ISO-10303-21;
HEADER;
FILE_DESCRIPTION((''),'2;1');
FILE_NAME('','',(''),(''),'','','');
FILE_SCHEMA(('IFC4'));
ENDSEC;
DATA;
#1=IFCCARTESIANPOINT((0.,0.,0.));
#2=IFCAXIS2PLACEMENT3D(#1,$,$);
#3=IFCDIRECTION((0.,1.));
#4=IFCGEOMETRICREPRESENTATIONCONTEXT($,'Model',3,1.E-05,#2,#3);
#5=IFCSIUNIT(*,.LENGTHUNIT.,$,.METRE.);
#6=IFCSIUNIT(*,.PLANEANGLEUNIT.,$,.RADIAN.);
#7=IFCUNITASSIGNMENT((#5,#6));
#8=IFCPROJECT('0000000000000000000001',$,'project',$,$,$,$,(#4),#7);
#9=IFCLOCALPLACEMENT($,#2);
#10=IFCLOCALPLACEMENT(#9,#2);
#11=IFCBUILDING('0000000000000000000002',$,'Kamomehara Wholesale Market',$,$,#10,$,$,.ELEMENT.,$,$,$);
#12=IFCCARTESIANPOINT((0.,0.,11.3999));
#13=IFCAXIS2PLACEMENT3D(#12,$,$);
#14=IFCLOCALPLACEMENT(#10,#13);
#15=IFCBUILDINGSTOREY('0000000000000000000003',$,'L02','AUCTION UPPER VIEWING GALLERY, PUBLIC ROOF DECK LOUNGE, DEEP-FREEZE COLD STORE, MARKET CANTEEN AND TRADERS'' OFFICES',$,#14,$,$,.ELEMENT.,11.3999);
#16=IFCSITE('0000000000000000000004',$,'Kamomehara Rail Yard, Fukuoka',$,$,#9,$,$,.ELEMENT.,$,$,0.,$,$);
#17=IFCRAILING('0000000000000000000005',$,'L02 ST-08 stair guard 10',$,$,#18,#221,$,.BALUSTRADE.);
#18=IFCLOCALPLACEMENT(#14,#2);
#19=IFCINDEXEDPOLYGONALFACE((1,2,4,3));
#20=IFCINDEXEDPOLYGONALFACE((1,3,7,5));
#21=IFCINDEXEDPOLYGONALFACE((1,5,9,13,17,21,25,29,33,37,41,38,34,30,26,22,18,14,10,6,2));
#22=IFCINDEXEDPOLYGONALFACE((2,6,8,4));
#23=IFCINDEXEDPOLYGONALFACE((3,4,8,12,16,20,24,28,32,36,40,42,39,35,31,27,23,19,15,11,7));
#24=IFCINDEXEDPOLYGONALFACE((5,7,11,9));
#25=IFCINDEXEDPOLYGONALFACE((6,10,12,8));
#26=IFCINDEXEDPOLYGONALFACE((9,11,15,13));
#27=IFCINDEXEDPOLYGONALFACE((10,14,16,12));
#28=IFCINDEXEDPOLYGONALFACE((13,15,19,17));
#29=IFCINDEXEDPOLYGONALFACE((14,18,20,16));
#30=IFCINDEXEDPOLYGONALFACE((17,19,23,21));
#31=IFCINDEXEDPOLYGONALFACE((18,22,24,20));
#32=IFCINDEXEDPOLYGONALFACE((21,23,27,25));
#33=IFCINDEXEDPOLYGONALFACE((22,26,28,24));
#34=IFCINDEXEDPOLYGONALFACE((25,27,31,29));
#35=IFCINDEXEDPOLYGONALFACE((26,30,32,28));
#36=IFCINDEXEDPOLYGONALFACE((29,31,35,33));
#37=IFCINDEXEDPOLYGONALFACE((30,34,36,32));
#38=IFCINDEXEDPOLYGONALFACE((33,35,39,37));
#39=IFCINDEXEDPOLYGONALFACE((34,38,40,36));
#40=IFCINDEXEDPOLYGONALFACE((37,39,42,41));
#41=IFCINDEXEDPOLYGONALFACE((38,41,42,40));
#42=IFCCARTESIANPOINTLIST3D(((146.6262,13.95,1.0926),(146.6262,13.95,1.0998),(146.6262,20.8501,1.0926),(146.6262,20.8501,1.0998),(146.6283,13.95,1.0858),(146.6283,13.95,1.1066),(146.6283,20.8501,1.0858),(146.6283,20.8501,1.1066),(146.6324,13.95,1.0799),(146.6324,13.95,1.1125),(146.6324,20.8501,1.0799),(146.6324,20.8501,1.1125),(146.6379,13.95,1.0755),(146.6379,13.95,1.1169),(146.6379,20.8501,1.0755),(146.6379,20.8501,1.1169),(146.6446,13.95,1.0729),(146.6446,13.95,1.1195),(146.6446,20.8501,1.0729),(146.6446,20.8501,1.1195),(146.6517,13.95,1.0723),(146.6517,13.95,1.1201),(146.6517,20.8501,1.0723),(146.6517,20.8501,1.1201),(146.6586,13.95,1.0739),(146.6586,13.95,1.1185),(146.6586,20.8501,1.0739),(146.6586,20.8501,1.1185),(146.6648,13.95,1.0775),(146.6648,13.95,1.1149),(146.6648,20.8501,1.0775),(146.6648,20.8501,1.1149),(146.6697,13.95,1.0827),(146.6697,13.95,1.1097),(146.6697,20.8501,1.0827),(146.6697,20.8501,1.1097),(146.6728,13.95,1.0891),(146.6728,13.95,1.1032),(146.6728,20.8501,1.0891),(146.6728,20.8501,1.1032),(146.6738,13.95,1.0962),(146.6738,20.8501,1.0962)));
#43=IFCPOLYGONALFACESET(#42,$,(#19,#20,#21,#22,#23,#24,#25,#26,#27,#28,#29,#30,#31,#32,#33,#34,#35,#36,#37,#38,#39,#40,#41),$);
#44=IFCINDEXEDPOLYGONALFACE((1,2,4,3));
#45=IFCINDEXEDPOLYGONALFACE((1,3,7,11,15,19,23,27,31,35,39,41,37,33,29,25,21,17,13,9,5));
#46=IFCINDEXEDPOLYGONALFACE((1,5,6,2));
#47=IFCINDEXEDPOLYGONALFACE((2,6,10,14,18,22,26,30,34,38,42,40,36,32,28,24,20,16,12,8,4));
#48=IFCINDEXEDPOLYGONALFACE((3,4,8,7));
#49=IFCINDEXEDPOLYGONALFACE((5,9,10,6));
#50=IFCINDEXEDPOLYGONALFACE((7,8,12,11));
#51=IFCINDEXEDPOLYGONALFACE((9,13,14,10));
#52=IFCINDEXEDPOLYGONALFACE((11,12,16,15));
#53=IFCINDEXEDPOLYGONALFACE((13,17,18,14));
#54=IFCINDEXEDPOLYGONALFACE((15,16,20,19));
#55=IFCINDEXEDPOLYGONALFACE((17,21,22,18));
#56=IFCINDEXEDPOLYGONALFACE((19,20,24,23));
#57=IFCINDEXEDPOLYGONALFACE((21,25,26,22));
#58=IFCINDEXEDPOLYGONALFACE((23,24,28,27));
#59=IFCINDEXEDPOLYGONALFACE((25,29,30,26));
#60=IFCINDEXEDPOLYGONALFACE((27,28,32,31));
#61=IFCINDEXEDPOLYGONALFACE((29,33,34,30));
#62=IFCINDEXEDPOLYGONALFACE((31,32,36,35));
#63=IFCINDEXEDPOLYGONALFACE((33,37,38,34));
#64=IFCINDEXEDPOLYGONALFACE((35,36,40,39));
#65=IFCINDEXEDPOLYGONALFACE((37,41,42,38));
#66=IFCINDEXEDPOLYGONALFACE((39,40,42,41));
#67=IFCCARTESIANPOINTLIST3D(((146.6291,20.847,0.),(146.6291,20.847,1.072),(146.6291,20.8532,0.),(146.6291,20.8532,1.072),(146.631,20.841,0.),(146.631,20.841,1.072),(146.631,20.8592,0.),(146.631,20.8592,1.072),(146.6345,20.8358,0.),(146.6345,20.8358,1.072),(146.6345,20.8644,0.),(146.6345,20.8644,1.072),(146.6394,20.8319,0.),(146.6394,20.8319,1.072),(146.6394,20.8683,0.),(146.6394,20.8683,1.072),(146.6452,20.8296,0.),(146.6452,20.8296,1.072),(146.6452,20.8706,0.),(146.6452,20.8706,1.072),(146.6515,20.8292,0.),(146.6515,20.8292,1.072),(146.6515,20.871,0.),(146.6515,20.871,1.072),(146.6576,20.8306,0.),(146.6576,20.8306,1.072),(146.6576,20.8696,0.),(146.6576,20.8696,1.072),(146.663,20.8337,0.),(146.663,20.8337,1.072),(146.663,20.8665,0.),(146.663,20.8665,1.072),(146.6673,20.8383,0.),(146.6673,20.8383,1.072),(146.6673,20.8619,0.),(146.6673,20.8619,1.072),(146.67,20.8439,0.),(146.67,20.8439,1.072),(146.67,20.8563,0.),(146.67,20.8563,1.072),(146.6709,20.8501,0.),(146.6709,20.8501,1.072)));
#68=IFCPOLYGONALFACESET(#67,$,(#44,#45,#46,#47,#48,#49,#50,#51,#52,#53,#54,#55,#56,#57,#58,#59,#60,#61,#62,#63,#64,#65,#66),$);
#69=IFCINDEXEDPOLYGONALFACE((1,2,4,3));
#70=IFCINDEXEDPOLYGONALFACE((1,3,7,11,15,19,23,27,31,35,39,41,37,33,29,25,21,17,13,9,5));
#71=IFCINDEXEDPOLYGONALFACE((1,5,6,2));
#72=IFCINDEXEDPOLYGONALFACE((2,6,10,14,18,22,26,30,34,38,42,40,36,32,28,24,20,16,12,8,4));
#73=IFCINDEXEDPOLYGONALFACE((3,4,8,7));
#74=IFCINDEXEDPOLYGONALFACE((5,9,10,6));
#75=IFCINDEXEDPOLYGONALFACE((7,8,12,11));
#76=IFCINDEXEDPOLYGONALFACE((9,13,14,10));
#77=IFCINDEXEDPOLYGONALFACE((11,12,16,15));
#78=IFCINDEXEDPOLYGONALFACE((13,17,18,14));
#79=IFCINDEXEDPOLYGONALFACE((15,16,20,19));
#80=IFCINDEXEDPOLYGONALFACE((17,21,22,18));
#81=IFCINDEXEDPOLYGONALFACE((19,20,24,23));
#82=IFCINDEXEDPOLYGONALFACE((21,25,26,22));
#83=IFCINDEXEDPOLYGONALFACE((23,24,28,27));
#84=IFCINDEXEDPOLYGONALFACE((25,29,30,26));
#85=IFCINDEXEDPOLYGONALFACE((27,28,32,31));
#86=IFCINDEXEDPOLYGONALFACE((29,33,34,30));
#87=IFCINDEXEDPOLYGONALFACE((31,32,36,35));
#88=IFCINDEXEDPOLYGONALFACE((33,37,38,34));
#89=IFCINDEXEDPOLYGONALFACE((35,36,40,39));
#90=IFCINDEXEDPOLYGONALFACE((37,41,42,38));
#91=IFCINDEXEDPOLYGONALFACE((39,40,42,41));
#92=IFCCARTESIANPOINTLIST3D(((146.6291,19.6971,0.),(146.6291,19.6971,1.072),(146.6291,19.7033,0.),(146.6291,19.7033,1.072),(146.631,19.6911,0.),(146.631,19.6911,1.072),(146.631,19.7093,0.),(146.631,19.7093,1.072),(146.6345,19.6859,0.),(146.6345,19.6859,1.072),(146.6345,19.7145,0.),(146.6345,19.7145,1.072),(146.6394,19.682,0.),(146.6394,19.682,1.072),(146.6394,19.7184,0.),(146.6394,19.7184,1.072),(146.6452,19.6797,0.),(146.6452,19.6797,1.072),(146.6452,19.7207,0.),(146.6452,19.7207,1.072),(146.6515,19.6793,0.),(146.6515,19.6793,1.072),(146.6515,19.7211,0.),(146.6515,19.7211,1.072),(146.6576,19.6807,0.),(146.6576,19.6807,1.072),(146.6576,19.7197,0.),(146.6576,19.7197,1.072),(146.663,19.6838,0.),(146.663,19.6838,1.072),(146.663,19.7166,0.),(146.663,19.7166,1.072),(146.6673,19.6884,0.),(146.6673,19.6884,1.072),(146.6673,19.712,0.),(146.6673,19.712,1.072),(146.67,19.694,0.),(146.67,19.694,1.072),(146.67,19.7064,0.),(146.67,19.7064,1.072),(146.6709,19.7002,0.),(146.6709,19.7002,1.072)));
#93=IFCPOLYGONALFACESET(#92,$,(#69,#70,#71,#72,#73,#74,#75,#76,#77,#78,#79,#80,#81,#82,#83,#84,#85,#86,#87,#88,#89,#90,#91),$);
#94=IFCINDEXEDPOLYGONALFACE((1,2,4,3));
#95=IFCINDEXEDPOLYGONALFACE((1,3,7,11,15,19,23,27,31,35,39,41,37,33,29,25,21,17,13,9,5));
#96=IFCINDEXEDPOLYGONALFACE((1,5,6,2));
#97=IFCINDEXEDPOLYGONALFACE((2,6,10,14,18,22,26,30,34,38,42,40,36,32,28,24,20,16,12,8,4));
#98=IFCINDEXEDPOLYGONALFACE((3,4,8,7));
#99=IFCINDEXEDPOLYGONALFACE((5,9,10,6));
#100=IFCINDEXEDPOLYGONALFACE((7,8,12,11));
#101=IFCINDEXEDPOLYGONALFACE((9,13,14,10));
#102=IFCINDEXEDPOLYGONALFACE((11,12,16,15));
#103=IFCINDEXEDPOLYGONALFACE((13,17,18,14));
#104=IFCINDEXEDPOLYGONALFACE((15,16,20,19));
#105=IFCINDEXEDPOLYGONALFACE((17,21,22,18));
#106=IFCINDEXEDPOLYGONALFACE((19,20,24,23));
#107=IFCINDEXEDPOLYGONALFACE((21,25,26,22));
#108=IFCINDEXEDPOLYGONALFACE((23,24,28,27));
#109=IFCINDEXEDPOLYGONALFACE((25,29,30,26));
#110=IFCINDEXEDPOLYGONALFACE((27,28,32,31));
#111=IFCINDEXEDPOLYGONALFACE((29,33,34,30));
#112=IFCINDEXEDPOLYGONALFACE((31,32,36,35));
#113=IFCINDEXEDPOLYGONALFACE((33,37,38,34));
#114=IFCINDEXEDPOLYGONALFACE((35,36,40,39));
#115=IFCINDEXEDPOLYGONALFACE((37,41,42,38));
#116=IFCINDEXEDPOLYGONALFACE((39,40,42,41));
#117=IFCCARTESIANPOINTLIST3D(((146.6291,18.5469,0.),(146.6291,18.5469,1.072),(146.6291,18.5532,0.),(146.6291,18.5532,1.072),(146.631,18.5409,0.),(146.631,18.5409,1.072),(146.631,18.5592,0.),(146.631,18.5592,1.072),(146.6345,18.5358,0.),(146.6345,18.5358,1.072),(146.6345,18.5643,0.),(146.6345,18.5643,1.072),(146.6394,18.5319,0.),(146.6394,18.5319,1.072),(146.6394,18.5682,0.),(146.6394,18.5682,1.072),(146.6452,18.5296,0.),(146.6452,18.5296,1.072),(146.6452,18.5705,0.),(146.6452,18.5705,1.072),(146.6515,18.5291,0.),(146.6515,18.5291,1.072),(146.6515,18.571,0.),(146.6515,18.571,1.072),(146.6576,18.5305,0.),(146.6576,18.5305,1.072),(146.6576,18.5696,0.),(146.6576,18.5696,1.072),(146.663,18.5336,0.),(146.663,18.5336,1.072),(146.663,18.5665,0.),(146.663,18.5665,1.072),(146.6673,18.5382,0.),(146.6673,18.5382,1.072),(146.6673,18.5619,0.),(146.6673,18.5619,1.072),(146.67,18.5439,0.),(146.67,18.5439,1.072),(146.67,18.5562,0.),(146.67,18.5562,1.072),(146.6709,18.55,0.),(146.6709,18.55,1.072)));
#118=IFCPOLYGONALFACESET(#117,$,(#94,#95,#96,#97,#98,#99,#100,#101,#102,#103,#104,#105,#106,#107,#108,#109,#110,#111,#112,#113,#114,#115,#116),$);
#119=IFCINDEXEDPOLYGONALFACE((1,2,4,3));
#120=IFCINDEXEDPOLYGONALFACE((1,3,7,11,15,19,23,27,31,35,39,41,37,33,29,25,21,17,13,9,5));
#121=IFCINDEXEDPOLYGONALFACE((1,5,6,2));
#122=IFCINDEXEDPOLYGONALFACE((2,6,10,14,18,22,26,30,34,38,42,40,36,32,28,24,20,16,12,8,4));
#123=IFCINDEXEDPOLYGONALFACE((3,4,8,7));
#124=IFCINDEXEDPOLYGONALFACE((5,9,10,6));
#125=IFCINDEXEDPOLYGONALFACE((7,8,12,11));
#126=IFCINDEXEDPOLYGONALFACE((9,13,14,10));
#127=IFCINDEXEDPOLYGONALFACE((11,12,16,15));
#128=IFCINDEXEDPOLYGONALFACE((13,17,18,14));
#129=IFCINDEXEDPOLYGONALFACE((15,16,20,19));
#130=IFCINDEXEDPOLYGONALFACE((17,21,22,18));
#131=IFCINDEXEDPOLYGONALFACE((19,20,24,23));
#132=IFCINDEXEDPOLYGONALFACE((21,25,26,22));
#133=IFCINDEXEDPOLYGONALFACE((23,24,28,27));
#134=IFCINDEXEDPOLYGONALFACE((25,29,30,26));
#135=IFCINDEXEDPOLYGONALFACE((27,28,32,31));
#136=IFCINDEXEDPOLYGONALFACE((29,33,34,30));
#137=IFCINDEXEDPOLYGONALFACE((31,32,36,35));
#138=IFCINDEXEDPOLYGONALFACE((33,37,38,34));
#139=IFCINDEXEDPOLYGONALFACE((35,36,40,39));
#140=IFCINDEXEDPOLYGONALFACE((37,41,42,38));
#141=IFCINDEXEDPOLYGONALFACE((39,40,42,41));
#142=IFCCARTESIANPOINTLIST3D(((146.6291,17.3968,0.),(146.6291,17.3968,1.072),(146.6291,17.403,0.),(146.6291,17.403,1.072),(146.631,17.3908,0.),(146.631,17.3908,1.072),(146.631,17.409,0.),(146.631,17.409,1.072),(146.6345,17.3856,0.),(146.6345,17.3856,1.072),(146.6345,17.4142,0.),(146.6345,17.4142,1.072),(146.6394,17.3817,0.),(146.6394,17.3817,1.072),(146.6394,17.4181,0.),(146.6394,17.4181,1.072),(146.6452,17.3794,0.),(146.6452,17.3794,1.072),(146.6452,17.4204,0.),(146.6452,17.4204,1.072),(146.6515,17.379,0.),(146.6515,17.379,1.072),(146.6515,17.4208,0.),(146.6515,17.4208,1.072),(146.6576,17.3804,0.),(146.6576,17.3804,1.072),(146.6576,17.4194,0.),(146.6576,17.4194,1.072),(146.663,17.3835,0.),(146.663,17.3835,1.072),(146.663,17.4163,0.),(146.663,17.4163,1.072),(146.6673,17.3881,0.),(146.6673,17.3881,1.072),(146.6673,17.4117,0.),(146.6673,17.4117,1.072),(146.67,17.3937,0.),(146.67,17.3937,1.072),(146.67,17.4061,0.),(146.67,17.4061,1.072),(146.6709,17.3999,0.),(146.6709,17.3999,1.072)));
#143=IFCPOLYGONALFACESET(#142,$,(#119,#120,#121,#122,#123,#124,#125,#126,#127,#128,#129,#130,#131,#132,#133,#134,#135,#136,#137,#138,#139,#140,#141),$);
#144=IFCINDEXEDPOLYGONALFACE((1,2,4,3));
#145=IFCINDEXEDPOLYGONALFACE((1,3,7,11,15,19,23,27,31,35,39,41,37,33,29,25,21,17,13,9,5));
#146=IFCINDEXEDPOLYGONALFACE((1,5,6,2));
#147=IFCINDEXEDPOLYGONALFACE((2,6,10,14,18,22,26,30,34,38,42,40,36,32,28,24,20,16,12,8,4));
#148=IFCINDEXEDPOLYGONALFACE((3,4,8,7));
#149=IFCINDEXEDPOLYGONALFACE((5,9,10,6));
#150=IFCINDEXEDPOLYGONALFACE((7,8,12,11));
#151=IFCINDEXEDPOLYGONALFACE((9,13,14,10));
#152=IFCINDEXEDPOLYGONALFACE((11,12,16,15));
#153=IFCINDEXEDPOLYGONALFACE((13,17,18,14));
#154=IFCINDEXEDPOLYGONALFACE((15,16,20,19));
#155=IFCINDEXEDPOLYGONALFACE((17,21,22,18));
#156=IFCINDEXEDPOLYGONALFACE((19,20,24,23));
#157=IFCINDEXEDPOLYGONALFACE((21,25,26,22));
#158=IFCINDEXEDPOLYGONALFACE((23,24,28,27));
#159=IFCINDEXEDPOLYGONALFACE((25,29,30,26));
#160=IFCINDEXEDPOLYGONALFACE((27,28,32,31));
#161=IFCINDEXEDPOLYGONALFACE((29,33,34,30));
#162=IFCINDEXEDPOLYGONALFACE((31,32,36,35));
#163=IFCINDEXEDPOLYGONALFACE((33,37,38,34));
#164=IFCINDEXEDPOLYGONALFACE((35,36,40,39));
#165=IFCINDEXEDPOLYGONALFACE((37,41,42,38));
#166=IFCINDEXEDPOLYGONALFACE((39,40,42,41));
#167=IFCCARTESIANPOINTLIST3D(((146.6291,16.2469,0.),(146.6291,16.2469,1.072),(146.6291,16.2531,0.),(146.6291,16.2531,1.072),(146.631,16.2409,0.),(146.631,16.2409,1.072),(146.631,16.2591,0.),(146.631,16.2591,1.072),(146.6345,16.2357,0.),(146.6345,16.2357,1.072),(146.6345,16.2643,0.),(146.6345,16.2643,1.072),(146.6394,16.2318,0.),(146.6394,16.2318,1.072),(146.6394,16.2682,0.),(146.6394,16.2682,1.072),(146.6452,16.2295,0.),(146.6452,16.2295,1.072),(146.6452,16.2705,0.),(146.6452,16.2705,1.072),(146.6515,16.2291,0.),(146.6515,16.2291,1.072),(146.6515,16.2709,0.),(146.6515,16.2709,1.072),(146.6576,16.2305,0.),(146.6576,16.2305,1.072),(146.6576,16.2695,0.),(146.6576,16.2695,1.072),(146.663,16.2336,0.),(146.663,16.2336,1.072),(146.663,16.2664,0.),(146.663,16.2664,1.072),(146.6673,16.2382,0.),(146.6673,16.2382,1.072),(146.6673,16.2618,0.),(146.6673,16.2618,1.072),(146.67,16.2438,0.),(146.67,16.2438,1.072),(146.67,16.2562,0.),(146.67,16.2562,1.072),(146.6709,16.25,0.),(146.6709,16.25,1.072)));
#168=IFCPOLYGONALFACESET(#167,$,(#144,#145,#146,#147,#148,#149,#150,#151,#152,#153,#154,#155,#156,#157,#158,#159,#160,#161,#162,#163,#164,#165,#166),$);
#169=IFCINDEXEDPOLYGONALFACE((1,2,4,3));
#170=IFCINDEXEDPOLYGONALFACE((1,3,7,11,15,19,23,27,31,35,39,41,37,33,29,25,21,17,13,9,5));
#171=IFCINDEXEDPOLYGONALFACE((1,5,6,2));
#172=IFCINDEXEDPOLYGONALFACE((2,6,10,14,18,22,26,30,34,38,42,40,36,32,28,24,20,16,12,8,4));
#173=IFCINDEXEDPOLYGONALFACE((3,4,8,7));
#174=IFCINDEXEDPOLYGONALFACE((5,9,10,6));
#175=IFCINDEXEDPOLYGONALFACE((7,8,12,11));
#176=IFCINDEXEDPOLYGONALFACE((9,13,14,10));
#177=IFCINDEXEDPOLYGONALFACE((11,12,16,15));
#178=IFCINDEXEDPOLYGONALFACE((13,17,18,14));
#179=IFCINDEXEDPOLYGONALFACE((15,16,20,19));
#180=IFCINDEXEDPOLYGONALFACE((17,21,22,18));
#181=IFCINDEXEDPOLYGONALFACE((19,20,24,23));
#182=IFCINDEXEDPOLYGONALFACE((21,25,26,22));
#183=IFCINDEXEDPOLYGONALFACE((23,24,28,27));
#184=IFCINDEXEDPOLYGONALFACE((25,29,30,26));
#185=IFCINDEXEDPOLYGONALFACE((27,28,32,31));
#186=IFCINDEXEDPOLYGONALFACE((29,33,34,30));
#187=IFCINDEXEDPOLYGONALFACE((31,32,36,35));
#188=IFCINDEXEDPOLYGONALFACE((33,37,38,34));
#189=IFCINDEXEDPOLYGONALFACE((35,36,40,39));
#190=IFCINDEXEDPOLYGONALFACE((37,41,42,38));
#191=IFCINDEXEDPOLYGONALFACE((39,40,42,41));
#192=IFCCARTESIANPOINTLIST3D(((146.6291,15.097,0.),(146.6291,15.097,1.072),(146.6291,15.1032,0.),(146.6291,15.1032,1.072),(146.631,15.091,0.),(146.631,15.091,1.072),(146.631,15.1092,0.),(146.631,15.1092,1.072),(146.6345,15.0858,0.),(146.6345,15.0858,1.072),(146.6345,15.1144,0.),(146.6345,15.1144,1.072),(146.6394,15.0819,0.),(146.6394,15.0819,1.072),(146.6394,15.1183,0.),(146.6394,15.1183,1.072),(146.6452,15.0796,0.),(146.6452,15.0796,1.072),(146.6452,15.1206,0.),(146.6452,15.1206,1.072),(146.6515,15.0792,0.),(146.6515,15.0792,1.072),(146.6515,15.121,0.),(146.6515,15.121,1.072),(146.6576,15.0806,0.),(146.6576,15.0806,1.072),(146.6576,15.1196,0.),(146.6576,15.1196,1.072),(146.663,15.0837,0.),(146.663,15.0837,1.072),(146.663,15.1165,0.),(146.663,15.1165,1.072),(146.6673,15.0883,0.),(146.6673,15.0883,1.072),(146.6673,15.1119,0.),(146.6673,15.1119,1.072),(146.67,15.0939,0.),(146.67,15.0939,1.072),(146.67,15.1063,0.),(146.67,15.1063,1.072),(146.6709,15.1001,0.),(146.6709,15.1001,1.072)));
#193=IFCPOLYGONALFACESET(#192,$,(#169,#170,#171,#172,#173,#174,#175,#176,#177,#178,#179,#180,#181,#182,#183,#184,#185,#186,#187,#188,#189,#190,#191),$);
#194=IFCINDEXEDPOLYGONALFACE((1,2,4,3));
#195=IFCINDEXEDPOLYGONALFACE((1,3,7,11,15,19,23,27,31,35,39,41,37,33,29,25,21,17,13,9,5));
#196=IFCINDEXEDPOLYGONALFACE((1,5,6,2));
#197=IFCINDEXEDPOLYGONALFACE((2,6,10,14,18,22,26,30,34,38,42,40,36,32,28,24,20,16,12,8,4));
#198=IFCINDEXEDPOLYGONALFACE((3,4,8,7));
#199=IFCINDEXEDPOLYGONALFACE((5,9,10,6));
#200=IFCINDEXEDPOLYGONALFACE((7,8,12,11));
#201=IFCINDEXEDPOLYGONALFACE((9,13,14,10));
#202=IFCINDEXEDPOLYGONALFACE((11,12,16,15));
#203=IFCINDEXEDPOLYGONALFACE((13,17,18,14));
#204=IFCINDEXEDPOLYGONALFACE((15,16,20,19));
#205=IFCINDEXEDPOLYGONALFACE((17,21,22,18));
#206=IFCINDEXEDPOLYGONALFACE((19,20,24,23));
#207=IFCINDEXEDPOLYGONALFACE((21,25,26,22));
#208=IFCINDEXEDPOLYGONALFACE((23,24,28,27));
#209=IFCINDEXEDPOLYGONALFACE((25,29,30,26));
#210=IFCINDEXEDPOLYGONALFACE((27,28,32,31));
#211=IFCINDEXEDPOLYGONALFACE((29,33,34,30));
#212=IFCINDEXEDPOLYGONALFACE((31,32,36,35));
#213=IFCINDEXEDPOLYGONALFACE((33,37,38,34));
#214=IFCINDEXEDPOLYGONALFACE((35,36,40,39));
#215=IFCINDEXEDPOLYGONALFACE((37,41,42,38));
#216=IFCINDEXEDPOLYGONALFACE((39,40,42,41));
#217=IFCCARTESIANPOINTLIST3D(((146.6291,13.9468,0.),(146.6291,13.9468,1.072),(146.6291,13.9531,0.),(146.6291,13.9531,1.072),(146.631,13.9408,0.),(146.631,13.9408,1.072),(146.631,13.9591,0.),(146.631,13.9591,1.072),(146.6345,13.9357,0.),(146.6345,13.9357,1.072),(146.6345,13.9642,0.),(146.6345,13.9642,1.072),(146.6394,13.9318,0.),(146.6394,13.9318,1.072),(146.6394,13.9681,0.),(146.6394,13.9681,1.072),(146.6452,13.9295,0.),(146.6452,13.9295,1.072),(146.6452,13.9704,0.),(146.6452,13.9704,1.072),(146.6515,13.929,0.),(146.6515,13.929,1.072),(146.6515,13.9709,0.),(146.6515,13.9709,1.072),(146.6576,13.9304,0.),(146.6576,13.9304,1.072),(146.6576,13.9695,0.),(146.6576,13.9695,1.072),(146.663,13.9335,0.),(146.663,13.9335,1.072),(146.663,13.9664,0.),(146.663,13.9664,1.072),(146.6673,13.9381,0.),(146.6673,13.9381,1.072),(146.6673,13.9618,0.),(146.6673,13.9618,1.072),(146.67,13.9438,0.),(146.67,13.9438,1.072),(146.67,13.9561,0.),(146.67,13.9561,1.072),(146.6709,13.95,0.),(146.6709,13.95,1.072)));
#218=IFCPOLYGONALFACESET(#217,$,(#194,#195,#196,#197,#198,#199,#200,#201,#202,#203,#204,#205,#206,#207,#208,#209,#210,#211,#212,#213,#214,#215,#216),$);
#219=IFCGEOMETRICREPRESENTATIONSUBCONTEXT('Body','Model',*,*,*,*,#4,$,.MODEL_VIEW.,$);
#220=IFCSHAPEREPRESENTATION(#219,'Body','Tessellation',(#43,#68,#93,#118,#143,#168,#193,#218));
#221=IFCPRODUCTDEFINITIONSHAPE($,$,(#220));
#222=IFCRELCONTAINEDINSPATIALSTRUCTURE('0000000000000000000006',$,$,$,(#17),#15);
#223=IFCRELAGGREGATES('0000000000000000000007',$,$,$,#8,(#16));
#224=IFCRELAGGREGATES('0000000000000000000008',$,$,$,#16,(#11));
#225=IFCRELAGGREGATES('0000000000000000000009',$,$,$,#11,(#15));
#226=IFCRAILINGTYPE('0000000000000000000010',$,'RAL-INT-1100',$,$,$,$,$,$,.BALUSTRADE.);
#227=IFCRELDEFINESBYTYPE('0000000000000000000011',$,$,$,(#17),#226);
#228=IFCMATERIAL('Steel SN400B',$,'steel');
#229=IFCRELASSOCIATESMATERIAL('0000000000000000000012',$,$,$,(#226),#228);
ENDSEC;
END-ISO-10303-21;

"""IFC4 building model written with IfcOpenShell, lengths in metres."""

from ifc_helpers import new_model, si_unit, direction, frame, origin, origin_2d, place, context, subcontext, project, spatial, circle, extrude, material, type_object, element, save


model = new_model("IFC4")

# Units and contexts
model_context = context("Model", 3, precision=1e-05, world=origin(), true_north=direction((0.0, 1.0)))
body_context = subcontext(model_context, "Body", "Model", "MODEL_VIEW")
ifc_project = project(units=[si_unit("LENGTHUNIT", "METRE"), si_unit("PLANEANGLEUNIT", "RADIAN")], contexts=[model_context])

# Site, building, storey
site_placement = place(None, origin())
site = spatial("IfcSite", under=ifc_project, at=site_placement, Name="Kamomehara Rail Yard, Fukuoka", CompositionType="ELEMENT", RefElevation=0.0)
building_placement = place(site_placement, origin())
building = spatial("IfcBuilding", under=site, at=building_placement, Name="Kamomehara Wholesale Market", CompositionType="ELEMENT")
storey_placement = place(building_placement, frame((0.0, 0.0, 11.3999)))
storey = spatial("IfcBuildingStorey", under=building, at=storey_placement, Name="L02", Description="AUCTION UPPER VIEWING GALLERY, PUBLIC ROOF DECK LOUNGE, DEEP-FREEZE COLD STORE, MARKET CANTEEN AND TRADERS' OFFICES", CompositionType="ELEMENT", Elevation=11.3999)

# Railing
ifc_material_1 = material(Name="Steel SN400B", Category="steel")
railing_type_1 = type_object("IfcRailingType", Name="RAL-INT-1100", PredefinedType="BALUSTRADE", material=ifc_material_1)
railing_1_placement = place(storey_placement, frame((146.6499, 20.8501, 0.0)))
element("IfcRailing", 1, at=railing_1_placement, inside=storey, type_object=railing_type_1, Name="L02 ST-08 stair guard 10", PredefinedType="BALUSTRADE", context=body_context, shape_type="SweptSolid", body=[
    extrude(circle(Radius=0.0239, at=origin_2d()), frame((0.0, 0.0, 1.0962), z_axis=(0.0, -1.0, 0.0), x_axis=(1.0, 0.0, 0.0)), (0.0, 0.0, 1.0), 6.9001),
    extrude(circle(Radius=0.021, at=origin_2d()), origin(), (0.0, 0.0, 1.0), 1.072),
    extrude(circle(Radius=0.021, at=origin_2d()), frame((0.0, -1.1499, 0.0)), (0.0, 0.0, 1.0), 1.072),
    extrude(circle(Radius=0.021, at=origin_2d()), frame((0.0, -2.3, 0.0)), (0.0, 0.0, 1.0), 1.072),
    extrude(circle(Radius=0.021, at=origin_2d()), frame((0.0, -3.4502, 0.0)), (0.0, 0.0, 1.0), 1.072),
    extrude(circle(Radius=0.021, at=origin_2d()), frame((0.0, -4.6001, 0.0)), (0.0, 0.0, 1.0), 1.072),
    extrude(circle(Radius=0.021, at=origin_2d()), frame((0.0, -5.75, 0.0)), (0.0, 0.0, 1.0), 1.072),
    extrude(circle(Radius=0.021, at=origin_2d()), frame((0.0, -6.9001, 0.0)), (0.0, 0.0, 1.0), 1.072),
])

save(model, "model.ifc")
